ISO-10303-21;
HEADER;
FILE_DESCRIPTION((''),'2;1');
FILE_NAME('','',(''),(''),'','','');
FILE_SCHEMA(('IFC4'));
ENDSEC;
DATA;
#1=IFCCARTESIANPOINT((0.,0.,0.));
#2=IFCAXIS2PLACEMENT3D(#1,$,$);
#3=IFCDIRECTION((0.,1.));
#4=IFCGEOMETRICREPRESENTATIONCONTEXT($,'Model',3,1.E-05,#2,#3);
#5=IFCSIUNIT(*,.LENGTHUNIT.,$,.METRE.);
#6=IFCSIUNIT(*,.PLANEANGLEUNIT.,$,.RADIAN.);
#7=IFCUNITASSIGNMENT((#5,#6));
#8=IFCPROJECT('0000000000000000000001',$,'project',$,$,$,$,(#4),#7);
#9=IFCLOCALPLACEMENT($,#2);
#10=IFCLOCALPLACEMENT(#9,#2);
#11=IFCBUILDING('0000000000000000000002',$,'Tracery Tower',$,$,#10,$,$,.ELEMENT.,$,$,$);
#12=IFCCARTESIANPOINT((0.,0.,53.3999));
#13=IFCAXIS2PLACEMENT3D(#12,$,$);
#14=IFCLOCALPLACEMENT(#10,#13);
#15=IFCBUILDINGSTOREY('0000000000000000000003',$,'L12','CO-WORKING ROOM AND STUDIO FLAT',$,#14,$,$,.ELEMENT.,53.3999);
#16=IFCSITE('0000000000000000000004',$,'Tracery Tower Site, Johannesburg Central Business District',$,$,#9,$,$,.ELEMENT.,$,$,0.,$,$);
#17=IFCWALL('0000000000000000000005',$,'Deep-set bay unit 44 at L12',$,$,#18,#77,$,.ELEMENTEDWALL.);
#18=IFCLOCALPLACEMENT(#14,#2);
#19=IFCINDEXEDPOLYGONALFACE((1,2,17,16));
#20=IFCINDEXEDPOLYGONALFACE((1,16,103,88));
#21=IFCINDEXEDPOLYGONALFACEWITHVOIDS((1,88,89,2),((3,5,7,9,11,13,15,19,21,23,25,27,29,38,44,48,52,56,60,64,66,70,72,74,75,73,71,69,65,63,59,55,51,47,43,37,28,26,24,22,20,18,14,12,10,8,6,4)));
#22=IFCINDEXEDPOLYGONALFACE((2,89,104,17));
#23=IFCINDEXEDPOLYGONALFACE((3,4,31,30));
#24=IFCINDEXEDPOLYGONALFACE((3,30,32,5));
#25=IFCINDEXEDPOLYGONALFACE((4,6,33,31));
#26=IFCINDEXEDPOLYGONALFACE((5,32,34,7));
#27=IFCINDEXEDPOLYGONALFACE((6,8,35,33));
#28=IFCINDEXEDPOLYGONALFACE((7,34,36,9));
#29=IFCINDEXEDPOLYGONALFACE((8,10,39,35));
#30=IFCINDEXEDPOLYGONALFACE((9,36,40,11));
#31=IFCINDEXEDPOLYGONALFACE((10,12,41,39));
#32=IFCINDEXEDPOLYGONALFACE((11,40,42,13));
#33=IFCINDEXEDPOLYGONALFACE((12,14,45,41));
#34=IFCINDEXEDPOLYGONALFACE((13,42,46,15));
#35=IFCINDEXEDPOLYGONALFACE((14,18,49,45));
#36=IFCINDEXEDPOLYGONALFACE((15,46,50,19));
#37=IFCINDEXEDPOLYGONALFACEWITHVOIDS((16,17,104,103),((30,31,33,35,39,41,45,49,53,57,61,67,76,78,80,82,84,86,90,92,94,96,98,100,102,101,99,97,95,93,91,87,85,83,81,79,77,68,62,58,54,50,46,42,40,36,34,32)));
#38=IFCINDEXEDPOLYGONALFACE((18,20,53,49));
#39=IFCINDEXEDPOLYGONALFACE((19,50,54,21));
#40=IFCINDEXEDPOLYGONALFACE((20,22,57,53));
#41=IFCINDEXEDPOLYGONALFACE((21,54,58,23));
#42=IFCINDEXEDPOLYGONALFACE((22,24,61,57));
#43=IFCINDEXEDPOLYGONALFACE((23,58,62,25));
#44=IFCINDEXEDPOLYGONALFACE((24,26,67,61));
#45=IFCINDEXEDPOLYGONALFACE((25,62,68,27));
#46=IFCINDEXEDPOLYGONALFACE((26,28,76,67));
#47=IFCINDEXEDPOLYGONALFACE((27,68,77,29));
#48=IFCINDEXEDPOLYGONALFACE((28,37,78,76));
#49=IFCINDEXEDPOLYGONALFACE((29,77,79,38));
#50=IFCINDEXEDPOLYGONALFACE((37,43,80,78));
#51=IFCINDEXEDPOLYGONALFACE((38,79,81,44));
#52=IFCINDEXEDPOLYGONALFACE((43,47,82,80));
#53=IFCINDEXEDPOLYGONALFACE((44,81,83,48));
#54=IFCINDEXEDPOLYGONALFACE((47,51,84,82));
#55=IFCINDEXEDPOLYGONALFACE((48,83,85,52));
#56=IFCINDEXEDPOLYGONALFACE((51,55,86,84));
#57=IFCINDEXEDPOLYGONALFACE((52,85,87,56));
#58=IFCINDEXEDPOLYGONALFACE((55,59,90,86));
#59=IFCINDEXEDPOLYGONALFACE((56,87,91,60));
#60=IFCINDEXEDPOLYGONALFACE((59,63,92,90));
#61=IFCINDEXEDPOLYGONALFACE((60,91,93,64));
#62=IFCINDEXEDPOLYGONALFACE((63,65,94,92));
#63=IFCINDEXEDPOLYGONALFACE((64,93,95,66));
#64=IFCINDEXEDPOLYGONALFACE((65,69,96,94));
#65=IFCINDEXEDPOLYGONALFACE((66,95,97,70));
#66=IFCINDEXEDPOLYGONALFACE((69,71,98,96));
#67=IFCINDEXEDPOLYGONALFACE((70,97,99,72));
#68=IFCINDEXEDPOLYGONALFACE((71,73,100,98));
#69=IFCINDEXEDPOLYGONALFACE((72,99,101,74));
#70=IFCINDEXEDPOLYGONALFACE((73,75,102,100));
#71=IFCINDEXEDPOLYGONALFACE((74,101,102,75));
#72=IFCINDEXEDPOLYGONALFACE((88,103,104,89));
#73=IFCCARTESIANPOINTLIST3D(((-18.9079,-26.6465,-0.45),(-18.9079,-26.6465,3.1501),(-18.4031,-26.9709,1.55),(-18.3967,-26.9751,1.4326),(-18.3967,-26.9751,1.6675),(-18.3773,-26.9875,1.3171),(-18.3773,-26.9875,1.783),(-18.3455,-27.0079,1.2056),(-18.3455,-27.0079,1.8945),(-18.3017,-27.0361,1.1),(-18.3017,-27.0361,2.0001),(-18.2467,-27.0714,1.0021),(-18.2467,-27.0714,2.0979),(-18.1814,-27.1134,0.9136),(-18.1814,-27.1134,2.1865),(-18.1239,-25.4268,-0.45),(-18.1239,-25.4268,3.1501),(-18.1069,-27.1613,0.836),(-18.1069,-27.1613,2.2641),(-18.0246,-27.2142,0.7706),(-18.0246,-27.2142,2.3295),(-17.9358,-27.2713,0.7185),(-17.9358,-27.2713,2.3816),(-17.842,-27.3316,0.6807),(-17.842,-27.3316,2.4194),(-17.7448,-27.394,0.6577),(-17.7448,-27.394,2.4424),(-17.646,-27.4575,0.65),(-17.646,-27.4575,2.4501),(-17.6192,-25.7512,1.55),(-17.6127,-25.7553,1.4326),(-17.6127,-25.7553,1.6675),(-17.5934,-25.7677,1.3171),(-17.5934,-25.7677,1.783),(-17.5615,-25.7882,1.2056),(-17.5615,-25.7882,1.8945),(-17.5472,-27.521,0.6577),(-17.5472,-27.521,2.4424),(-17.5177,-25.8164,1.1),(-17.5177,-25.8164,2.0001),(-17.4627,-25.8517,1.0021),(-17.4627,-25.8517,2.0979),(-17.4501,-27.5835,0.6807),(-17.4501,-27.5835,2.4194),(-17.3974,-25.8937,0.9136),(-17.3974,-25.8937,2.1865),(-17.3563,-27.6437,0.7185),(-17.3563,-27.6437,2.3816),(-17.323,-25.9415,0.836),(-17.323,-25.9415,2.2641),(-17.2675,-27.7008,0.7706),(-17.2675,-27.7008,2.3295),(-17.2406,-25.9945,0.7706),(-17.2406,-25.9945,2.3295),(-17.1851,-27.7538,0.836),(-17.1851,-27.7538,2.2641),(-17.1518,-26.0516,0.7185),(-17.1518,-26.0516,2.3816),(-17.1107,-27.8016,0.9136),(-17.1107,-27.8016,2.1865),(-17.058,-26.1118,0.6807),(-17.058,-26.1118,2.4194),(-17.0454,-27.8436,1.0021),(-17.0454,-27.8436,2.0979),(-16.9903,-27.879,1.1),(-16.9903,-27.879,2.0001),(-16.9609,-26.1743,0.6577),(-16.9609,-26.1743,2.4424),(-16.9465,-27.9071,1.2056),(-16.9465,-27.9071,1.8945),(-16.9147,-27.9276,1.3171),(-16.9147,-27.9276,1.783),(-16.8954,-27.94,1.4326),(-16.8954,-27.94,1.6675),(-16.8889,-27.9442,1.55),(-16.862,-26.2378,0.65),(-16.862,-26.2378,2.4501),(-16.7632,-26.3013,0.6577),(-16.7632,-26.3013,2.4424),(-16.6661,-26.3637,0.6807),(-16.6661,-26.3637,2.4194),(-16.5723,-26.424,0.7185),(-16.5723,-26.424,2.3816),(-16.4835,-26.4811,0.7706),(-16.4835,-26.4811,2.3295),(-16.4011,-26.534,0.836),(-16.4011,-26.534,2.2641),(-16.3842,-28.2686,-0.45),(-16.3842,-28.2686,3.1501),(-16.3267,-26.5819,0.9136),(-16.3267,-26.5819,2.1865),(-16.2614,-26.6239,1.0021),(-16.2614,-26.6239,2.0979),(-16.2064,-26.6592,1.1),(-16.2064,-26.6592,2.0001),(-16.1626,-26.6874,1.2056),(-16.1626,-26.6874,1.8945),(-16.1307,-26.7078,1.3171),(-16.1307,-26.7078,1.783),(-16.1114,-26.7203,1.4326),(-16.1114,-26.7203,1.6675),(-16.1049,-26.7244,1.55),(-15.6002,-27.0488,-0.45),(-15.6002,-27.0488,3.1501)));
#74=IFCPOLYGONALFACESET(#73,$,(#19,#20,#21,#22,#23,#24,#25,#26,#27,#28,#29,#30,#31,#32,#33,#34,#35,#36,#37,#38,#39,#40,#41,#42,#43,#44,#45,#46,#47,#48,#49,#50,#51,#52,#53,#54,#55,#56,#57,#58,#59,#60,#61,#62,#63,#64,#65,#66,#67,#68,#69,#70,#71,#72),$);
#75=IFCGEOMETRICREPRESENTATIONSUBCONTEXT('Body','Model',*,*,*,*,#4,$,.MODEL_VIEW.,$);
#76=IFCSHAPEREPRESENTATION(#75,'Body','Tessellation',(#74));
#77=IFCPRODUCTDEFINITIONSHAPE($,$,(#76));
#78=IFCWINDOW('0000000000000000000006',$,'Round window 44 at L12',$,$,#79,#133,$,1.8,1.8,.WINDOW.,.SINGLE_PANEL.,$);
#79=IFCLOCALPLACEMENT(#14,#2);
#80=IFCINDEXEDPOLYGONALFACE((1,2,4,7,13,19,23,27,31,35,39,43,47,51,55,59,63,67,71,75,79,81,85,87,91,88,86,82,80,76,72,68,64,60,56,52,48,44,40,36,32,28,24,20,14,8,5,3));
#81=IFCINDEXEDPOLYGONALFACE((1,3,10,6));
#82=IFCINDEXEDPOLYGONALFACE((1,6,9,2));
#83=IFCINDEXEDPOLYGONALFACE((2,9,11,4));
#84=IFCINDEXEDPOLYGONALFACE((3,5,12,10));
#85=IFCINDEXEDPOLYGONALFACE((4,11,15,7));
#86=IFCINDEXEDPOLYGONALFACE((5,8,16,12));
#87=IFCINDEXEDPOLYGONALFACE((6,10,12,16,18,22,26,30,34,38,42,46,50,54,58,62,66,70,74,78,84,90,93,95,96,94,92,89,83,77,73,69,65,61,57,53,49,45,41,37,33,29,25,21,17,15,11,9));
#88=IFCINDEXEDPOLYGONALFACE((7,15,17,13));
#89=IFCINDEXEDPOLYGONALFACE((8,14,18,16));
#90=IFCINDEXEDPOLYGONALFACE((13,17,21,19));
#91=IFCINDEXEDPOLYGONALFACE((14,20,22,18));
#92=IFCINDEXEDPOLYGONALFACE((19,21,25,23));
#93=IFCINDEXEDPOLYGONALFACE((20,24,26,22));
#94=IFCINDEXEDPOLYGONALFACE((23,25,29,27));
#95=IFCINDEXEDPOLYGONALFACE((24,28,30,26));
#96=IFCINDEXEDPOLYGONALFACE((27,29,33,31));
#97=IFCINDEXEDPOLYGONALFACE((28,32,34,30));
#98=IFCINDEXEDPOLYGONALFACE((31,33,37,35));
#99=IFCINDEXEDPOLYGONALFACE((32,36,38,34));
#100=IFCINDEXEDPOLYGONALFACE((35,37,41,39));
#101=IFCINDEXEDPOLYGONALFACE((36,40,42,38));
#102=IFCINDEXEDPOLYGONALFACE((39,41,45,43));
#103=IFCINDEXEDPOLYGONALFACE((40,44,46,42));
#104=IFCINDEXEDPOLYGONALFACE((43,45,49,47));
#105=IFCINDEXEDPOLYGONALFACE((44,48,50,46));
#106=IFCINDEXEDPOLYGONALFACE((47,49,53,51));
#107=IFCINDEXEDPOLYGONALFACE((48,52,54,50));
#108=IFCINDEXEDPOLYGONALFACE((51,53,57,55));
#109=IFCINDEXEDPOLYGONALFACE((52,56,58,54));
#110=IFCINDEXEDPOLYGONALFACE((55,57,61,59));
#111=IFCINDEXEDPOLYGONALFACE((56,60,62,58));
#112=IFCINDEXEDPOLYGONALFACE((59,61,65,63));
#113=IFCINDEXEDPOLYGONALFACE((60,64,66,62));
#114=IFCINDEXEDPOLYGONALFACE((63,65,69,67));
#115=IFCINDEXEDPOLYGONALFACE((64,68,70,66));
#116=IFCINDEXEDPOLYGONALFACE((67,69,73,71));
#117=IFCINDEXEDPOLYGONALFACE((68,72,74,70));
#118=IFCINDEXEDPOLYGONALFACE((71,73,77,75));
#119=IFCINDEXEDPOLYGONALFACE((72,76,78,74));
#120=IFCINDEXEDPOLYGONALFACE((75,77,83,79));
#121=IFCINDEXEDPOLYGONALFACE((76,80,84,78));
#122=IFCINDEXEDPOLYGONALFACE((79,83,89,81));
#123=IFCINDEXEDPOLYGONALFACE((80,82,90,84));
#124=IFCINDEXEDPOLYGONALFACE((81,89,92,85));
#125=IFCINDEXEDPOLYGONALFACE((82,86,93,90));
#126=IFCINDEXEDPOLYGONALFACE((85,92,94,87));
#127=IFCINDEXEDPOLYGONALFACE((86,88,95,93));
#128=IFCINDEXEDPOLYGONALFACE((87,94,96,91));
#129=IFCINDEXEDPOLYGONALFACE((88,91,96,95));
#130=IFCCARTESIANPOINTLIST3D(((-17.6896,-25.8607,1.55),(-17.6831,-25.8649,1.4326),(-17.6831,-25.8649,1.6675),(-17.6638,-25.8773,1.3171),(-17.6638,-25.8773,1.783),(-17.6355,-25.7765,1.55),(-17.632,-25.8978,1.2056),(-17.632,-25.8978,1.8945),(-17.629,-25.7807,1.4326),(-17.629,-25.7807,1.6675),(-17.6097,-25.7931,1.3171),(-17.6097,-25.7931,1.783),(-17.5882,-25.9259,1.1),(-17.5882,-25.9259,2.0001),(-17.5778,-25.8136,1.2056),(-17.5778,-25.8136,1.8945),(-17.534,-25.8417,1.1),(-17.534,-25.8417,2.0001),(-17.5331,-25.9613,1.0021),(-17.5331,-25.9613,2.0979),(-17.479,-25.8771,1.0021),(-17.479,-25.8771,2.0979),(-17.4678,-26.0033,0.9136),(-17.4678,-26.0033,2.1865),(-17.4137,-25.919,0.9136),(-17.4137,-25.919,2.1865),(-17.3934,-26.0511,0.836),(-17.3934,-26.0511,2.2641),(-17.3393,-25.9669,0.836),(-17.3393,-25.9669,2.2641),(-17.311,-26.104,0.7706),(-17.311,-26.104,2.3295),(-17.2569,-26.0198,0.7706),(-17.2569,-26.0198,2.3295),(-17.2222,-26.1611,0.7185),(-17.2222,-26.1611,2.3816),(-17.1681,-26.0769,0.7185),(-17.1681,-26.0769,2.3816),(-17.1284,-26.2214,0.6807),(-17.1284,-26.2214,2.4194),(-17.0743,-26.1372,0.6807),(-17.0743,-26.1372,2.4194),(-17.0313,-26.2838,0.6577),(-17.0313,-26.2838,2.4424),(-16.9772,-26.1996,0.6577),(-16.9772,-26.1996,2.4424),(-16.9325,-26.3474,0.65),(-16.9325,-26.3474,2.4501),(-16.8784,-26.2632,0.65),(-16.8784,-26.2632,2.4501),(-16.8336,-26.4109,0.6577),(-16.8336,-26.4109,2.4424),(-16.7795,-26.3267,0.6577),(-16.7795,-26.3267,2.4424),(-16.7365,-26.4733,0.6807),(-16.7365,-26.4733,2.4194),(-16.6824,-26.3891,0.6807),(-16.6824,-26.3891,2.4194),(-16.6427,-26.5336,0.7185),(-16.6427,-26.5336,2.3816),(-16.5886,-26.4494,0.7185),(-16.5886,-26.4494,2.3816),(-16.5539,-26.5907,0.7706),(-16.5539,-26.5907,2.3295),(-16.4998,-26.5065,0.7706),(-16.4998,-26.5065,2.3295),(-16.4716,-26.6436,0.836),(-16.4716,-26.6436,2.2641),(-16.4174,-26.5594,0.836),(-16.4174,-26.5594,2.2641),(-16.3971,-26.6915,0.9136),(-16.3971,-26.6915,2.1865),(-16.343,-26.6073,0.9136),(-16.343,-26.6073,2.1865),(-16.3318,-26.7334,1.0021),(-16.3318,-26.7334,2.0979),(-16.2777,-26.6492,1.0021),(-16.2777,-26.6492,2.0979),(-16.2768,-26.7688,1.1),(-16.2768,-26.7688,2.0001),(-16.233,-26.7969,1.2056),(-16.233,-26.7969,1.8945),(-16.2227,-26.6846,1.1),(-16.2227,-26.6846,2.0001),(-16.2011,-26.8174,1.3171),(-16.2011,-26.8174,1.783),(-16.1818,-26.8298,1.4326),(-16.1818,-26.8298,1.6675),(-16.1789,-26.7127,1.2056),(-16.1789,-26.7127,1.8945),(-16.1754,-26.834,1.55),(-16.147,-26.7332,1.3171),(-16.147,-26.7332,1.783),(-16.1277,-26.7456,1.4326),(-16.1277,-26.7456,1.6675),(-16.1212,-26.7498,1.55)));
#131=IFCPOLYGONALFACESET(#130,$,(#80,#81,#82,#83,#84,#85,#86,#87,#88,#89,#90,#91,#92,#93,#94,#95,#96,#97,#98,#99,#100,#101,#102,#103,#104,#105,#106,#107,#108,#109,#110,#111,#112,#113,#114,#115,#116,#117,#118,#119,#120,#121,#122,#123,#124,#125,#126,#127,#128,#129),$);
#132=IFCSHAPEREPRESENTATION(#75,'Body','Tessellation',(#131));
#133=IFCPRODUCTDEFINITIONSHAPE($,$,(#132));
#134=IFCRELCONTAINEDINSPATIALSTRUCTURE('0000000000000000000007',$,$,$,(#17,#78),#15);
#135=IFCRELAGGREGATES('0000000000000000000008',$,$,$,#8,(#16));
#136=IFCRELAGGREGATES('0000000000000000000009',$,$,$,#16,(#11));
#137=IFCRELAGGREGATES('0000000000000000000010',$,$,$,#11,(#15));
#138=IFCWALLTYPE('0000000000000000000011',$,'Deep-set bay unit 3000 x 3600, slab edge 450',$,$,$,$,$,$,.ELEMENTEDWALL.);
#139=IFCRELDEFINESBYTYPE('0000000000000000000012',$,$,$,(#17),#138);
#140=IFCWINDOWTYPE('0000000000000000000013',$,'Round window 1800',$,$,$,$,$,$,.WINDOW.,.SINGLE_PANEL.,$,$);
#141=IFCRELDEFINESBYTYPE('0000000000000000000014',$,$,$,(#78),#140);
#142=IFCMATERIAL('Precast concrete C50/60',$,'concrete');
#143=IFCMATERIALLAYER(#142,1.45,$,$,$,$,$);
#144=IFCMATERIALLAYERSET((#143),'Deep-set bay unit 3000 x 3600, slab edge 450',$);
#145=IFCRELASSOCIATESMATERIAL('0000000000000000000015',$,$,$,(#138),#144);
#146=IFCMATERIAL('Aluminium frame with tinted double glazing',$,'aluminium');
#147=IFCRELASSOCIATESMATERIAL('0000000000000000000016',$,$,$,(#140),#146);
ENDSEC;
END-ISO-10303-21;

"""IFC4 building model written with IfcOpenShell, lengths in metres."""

from ifc_helpers import new_model, si_unit, direction, frame, frame_2d, origin, origin_2d, place, context, subcontext, project, spatial, rectangle, circle, extrude, material, layer, layer_set, type_object, element, fill, save


model = new_model("IFC4")

# Units and contexts
model_context = context("Model", 3, precision=1e-05, world=origin(), true_north=direction((0.0, 1.0)))
body_context = subcontext(model_context, "Body", "Model", "MODEL_VIEW")
ifc_project = project(units=[si_unit("LENGTHUNIT", "METRE"), si_unit("PLANEANGLEUNIT", "RADIAN")], contexts=[model_context])

# Site, building, storey
site_placement = place(None, origin())
site = spatial("IfcSite", under=ifc_project, at=site_placement, Name="Tracery Tower Site, Johannesburg Central Business District", CompositionType="ELEMENT", RefElevation=0.0)
building_placement = place(site_placement, origin())
building = spatial("IfcBuilding", under=site, at=building_placement, Name="Tracery Tower", CompositionType="ELEMENT")
storey_placement = place(building_placement, frame((0.0, 0.0, 53.3999)))
storey = spatial("IfcBuildingStorey", under=building, at=storey_placement, Name="L12", Description="CO-WORKING ROOM AND STUDIO FLAT", CompositionType="ELEMENT", Elevation=53.3999)

# Wall, opening, window
ifc_material_1 = material(Name="Precast concrete C50/60", Category="concrete")
ifc_layer_1 = layer(ifc_material_1, 1.45)
ifc_layer_set_1 = layer_set([ifc_layer_1], Name="Deep-set bay unit 3000 x 3600, slab edge 450")
wall_type_1 = type_object("IfcWallType", Name="Deep-set bay unit 3000 x 3600, slab edge 450", PredefinedType="ELEMENTEDWALL", material=ifc_layer_set_1)
ifc_material_2 = material(Name="Aluminium frame with tinted double glazing", Category="aluminium")
window_type = type_object("IfcWindowType", Name="Round window 1800", PartitioningType="SINGLE_PANEL", PredefinedType="WINDOW", material=ifc_material_2)
wall_1_placement = place(storey_placement, frame((-18.5159, -26.0366, -0.45), z_axis=(0.0, 0.0, 1.0), x_axis=(0.841223, -0.540688, 0.0)))
wall_1 = element("IfcWall", 1, at=wall_1_placement, inside=storey, type_object=wall_type_1, Name="Deep-set bay unit 44 at L12", PredefinedType="ELEMENTEDWALL", context=body_context, shape_type="SweptSolid", body=[
    extrude(rectangle(XDim=3.0, YDim=1.45, at=frame_2d((1.5, 0.0))), origin(), (0.0, 0.0, 1.0), 3.6001),
])
opening_1_placement = place(wall_1_placement, frame((1.5, 0.0, 2.0)))
opening_1 = element("IfcOpeningElement", 2, at=opening_1_placement, cuts=wall_1, PredefinedType="OPENING", context=body_context, shape_type="SweptSolid", body=[
    extrude(circle(Radius=0.9, at=origin_2d()), frame((0.0, 0.7349, 0.0), z_axis=(0.0, -1.0, 0.0), x_axis=(1.0, 0.0, 0.0)), (0.0, 0.0, 1.0), 1.47),
])
window_1_placement = place(opening_1_placement, origin())
window_1 = element("IfcWindow", 3, at=window_1_placement, inside=storey, type_object=window_type, Name="Round window 44 at L12", OverallHeight=1.8, OverallWidth=1.8, PartitioningType="SINGLE_PANEL", PredefinedType="WINDOW", context=body_context, shape_type="SweptSolid", body=[
    extrude(circle(Radius=0.9, at=origin_2d()), frame((0.0, 0.6948, 0.0), z_axis=(0.0, -1.0, 0.0), x_axis=(1.0, 0.0, 0.0)), (0.0, 0.0, 1.0), 0.1001),
])
fill(opening_1, window_1)

save(model, "model.ifc")
